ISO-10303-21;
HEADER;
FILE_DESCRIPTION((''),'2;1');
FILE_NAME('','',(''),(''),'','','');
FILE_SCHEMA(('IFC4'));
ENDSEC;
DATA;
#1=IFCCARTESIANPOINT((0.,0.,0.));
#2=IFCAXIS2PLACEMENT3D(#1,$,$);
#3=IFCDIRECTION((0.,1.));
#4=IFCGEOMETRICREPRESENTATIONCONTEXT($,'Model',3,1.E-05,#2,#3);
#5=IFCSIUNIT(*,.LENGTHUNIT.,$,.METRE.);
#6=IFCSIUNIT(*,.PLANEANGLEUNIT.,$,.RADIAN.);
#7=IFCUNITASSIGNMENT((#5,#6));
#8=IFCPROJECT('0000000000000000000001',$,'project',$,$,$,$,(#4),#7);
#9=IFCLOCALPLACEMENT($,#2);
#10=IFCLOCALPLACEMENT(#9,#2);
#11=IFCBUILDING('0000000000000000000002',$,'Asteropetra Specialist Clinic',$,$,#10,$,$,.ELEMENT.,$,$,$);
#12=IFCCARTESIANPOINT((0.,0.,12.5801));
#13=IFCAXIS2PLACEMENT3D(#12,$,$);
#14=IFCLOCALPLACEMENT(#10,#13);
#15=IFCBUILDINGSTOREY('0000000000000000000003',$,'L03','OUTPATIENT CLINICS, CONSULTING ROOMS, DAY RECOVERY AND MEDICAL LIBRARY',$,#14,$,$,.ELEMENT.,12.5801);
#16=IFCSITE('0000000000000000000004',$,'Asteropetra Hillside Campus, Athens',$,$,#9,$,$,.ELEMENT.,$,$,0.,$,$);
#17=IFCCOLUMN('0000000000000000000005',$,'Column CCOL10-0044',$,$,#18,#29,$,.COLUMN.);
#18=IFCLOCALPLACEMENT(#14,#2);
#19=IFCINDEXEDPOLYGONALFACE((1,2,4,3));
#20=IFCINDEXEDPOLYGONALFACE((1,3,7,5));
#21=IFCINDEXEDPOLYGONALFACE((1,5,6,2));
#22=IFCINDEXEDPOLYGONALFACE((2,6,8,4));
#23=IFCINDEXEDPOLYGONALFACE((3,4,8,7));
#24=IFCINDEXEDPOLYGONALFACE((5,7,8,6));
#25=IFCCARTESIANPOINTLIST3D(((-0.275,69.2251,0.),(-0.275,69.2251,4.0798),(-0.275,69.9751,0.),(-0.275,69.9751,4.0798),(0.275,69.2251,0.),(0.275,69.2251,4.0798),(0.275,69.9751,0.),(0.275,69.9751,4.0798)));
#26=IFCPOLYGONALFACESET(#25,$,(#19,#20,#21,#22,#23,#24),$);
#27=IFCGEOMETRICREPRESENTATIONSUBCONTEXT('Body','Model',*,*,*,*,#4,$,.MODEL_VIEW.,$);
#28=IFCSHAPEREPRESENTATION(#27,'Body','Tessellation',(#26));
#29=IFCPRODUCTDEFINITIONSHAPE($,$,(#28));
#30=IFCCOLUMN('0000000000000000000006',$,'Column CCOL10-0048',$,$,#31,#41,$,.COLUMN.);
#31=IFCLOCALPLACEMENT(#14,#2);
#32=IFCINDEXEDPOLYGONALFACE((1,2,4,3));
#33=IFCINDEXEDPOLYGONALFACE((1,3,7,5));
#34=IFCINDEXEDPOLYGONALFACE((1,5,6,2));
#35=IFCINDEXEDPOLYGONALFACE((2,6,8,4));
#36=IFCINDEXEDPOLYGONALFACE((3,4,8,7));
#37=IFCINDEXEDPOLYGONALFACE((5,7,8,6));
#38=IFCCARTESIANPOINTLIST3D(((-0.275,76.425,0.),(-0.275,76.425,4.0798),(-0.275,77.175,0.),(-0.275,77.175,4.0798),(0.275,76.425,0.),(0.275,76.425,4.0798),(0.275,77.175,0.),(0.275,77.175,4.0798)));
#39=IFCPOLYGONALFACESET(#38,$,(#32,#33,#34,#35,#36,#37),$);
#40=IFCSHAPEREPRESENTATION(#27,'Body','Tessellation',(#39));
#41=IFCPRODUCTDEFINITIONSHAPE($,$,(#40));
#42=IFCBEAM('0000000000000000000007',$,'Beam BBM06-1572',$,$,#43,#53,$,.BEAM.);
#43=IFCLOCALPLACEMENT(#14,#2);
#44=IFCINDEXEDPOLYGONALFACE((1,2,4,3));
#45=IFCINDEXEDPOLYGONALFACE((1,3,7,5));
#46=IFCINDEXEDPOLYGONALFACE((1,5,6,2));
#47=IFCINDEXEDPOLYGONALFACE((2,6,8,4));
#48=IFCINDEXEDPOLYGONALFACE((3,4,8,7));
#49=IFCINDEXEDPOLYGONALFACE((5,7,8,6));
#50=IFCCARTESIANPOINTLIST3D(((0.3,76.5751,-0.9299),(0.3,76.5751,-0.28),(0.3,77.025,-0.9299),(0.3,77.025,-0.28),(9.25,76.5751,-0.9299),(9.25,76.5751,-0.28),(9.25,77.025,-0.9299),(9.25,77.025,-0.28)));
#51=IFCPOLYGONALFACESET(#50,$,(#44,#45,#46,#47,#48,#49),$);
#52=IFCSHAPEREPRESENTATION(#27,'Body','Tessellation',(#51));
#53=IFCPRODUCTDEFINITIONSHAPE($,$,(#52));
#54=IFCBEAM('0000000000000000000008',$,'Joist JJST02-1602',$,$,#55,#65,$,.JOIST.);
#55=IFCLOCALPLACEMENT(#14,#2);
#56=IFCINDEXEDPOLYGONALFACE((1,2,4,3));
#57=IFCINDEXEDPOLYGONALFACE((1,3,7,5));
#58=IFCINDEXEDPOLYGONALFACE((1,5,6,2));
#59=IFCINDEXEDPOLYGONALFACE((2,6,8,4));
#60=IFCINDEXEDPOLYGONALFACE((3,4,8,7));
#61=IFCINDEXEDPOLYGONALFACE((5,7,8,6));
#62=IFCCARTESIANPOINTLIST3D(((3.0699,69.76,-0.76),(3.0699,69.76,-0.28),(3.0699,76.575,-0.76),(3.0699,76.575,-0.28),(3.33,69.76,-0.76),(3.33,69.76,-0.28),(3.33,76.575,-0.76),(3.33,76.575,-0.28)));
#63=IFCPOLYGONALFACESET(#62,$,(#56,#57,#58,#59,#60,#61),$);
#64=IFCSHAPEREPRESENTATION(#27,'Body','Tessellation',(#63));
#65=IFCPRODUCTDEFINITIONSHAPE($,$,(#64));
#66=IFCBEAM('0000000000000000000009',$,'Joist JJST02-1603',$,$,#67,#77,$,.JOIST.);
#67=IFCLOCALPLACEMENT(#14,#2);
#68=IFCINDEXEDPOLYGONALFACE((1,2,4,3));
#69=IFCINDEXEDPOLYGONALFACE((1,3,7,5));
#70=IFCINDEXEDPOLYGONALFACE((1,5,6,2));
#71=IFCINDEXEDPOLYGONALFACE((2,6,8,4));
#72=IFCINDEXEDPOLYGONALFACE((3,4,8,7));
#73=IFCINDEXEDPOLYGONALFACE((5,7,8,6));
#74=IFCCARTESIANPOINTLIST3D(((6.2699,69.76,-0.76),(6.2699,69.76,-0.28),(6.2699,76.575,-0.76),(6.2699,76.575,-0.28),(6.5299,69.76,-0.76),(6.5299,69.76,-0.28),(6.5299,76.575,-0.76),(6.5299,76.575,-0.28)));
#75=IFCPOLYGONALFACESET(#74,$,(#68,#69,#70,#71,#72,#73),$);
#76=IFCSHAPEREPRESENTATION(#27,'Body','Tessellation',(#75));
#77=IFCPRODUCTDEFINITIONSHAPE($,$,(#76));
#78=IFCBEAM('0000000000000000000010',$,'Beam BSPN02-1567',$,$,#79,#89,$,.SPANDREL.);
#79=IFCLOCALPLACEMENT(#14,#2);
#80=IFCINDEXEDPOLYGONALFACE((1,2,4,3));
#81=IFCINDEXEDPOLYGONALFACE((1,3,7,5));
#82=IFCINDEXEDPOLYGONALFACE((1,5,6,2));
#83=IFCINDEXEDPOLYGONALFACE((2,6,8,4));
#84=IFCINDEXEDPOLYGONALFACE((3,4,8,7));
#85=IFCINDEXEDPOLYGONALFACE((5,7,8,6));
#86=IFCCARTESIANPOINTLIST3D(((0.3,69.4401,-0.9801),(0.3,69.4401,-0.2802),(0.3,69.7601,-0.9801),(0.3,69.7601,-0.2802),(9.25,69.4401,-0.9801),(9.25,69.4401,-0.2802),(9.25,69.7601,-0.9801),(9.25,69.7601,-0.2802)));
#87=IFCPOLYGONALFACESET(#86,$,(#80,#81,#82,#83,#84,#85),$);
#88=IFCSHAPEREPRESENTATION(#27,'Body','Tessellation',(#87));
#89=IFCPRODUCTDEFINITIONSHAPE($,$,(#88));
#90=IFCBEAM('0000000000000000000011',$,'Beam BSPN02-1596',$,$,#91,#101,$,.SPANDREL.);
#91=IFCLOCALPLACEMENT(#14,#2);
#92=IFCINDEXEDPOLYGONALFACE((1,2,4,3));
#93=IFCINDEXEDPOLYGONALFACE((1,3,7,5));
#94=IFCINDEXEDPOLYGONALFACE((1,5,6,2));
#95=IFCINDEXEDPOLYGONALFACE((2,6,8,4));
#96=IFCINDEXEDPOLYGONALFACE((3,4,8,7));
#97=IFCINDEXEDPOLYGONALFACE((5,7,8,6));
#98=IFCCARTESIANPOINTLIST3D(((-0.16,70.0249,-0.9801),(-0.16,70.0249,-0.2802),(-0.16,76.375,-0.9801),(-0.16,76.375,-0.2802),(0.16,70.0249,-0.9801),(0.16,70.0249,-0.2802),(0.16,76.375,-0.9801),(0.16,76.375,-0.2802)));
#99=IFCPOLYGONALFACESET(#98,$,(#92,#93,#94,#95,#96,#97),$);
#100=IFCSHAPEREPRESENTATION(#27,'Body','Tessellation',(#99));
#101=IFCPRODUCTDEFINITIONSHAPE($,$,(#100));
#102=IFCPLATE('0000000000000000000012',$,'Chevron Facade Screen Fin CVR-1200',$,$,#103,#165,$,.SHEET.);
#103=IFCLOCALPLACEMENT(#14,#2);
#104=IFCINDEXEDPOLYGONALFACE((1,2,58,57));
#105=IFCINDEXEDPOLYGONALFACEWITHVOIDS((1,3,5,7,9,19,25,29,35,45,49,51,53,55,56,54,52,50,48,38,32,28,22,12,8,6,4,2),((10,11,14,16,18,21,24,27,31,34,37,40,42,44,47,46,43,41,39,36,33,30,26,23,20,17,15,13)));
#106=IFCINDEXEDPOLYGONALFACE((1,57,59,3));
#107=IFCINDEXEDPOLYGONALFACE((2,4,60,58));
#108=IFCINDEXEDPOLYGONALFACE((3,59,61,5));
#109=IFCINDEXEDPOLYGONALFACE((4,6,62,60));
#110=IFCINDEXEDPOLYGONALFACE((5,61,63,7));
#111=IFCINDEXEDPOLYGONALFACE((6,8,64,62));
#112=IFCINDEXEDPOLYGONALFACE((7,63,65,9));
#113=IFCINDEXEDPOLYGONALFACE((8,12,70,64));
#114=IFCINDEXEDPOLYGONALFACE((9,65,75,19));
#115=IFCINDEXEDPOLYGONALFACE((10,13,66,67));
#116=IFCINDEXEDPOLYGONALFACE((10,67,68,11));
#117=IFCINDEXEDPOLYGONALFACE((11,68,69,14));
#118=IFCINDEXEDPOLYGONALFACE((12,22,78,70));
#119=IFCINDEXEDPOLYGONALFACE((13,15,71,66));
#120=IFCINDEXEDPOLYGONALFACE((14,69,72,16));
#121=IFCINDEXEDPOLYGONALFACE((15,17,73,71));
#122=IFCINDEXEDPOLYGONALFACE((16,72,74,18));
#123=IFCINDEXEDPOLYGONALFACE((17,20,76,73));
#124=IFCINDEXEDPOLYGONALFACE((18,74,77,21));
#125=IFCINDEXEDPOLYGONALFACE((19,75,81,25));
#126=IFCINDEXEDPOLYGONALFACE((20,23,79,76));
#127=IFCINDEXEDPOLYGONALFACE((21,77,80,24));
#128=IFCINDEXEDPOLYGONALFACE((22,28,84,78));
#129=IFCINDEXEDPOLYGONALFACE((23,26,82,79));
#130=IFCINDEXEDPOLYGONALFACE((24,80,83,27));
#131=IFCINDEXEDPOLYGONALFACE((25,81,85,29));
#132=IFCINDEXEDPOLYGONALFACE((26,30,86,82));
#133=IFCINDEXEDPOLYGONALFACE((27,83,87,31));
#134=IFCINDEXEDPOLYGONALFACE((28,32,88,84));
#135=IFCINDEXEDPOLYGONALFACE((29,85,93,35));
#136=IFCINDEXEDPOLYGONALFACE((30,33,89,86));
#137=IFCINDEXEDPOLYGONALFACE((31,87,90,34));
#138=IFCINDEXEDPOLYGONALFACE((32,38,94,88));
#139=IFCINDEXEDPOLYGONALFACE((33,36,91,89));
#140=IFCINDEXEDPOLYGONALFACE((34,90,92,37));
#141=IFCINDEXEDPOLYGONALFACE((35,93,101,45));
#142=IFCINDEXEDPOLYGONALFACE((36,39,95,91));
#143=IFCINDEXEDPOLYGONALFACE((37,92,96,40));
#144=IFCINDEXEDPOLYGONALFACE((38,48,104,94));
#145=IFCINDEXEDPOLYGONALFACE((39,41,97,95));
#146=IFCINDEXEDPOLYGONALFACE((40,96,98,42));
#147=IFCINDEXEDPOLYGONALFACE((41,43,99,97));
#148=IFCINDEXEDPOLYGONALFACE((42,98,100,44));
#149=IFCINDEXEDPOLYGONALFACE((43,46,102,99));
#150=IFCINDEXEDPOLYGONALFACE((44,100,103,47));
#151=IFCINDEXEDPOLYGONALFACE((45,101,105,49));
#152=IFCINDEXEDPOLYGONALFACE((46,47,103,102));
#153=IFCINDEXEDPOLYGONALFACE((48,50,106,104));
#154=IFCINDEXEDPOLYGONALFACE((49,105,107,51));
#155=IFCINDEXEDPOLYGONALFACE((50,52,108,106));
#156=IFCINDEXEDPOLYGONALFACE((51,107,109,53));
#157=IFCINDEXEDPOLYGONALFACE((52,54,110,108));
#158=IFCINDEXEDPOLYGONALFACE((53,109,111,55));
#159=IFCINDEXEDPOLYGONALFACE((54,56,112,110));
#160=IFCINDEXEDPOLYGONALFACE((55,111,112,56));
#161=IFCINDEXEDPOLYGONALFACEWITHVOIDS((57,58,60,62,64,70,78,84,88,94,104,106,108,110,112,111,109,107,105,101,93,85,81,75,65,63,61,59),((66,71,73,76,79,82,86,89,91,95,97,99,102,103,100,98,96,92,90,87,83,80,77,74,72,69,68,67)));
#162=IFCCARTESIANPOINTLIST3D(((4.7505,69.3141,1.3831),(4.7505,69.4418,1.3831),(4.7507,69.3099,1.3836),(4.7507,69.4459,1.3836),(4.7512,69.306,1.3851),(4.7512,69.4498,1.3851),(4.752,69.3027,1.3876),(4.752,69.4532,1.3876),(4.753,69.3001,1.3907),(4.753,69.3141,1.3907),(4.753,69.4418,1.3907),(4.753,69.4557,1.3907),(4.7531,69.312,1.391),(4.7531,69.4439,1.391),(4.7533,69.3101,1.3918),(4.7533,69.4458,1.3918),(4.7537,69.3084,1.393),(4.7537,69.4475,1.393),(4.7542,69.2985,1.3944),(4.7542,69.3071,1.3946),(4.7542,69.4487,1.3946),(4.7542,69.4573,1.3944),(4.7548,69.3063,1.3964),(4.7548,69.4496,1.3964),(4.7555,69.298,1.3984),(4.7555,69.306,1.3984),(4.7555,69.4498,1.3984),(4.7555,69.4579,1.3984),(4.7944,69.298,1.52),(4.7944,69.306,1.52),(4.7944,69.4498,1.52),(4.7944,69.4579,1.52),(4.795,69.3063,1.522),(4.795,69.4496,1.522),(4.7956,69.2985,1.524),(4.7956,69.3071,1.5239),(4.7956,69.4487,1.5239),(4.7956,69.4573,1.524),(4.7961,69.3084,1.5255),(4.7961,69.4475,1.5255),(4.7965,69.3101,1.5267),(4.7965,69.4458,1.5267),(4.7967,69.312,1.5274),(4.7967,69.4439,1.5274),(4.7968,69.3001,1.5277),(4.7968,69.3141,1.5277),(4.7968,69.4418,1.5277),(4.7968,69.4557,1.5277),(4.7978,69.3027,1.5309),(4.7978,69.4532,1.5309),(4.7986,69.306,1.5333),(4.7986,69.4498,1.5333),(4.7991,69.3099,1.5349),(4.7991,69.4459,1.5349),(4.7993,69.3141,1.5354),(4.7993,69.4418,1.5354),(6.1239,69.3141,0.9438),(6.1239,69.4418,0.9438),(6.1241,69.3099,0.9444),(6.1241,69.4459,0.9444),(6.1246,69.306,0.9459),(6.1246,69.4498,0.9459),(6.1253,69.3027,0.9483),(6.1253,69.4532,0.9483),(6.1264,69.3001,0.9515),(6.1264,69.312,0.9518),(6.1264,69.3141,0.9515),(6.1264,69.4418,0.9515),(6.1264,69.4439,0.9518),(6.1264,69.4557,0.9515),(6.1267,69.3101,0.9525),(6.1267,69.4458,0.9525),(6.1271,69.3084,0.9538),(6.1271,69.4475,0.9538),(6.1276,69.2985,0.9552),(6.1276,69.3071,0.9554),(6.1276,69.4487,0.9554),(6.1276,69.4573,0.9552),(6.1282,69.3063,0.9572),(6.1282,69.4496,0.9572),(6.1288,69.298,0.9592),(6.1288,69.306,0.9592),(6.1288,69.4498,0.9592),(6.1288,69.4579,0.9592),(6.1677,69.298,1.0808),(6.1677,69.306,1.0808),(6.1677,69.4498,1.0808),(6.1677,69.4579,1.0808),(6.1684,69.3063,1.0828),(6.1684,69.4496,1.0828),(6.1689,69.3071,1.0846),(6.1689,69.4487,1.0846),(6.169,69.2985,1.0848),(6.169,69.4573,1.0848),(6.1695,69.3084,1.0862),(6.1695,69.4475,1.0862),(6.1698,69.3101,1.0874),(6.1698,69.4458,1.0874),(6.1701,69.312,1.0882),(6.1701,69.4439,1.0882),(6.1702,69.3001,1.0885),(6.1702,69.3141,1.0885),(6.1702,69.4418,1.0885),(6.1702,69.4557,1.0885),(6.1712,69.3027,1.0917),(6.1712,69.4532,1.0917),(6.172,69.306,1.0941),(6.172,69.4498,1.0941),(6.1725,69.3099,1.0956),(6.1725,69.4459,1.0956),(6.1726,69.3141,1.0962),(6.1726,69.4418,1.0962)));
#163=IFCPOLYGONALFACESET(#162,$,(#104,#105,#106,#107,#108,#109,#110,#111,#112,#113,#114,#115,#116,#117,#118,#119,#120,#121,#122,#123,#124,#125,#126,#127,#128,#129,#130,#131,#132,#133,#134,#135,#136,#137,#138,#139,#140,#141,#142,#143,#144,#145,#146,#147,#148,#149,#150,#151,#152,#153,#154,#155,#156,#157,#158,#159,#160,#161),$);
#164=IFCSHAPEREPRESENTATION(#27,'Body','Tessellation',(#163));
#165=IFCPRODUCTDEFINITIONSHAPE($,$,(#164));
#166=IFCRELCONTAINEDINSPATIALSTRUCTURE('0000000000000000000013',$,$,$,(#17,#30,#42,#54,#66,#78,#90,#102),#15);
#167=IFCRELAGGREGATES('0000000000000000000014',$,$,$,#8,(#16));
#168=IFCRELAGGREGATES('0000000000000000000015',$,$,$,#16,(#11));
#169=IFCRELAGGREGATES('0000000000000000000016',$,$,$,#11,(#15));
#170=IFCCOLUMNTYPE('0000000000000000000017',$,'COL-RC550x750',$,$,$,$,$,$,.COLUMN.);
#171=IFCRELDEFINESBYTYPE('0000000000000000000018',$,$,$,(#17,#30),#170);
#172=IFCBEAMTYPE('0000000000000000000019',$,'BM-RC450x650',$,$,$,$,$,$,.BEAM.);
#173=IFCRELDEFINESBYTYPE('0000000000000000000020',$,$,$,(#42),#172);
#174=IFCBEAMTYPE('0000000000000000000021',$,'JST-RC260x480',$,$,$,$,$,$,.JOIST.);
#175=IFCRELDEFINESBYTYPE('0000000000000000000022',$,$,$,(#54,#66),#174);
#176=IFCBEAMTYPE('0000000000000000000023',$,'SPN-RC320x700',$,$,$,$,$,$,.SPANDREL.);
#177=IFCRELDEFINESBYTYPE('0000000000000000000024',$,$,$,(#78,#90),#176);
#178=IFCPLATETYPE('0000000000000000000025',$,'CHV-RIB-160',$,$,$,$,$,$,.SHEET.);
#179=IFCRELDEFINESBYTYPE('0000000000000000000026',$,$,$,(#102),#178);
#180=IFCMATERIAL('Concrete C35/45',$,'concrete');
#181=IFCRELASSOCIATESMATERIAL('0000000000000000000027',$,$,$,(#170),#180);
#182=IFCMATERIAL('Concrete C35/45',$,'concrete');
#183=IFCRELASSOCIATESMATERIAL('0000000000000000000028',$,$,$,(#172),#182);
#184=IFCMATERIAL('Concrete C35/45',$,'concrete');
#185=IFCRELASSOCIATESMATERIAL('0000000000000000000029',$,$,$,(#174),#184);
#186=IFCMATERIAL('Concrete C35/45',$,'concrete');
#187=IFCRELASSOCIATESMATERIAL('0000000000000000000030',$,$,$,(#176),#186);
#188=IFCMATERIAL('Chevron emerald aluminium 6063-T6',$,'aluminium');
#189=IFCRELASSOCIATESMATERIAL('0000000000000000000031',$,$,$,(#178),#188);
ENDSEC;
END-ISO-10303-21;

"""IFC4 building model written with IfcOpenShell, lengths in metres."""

from ifc_helpers import new_model, si_unit, direction, frame, origin, origin_2d, place, context, subcontext, project, spatial, rectangle, hollow_rectangle, extrude, material, material_profile, profile_set, type_object, element, save


model = new_model("IFC4")

# Units and contexts
model_context = context("Model", 3, precision=1e-05, world=origin(), true_north=direction((0.0, 1.0)))
body_context = subcontext(model_context, "Body", "Model", "MODEL_VIEW")
ifc_project = project(units=[si_unit("LENGTHUNIT", "METRE"), si_unit("PLANEANGLEUNIT", "RADIAN")], contexts=[model_context])

# Site, building, storey
site_placement = place(None, origin())
site = spatial("IfcSite", under=ifc_project, at=site_placement, Name="Asteropetra Hillside Campus, Athens", CompositionType="ELEMENT", RefElevation=0.0)
building_placement = place(site_placement, origin())
building = spatial("IfcBuilding", under=site, at=building_placement, Name="Asteropetra Specialist Clinic", CompositionType="ELEMENT")
storey_placement = place(building_placement, frame((0.0, 0.0, 12.5801)))
storey = spatial("IfcBuildingStorey", under=building, at=storey_placement, Name="L03", Description="OUTPATIENT CLINICS, CONSULTING ROOMS, DAY RECOVERY AND MEDICAL LIBRARY", CompositionType="ELEMENT", Elevation=12.5801)

# Columns
ifc_material_1 = material(Name="Concrete C35/45", Category="concrete")
ifc_material_profile_1 = material_profile(ifc_material_1, rectangle(XDim=0.55, YDim=0.75, at=origin_2d()), Name="RC 550x750")
ifc_profile_set_1 = profile_set([ifc_material_profile_1], Name="Concrete C35/45")
column_type = type_object("IfcColumnType", Name="COL-RC550x750", PredefinedType="COLUMN", material=ifc_profile_set_1)
for number, where, z_axis, x_axis, name in (
    (1, (0.0, 69.6001, 0.0), (0.0, 0.0, 1.0), (1.0, 0.0, 0.0), "Column CCOL10-0044"),
    (2, (0.0, 76.8, 0.0), (0.0, 0.0, 1.0), (1.0, 0.0, 0.0), "Column CCOL10-0048"),
):
    element("IfcColumn", number, at=place(storey_placement, frame(where, z_axis=z_axis, x_axis=x_axis)), inside=storey, type_object=column_type, Name=name, PredefinedType="COLUMN", context=body_context, shape_type="SweptSolid", body=[
        extrude(rectangle(XDim=0.55, YDim=0.75, at=origin_2d()), origin(), (0.0, 0.0, 1.0), 4.0798),
    ])

# Beams
ifc_material_2 = material(Name="Concrete C35/45", Category="concrete")
ifc_material_profile_2 = material_profile(ifc_material_2, rectangle(XDim=0.45, YDim=0.6499, at=origin_2d()), Name="RCB 450x650")
ifc_profile_set_2 = profile_set([ifc_material_profile_2], Name="Concrete C35/45")
beam_type_1 = type_object("IfcBeamType", Name="BM-RC450x650", PredefinedType="BEAM", material=ifc_profile_set_2)
beam_1_placement = place(storey_placement, frame((0.3, 76.8, -0.605), z_axis=(1.0, 0.0, 0.0), x_axis=(0.0, 1.0, 0.0)))
element("IfcBeam", 3, at=beam_1_placement, inside=storey, type_object=beam_type_1, Name="Beam BBM06-1572", PredefinedType="BEAM", context=body_context, shape_type="SweptSolid", body=[
    extrude(rectangle(XDim=0.45, YDim=0.6499, at=origin_2d()), origin(), (0.0, 0.0, 1.0), 8.95),
])
ifc_material_3 = material(Name="Concrete C35/45", Category="concrete")
ifc_material_profile_3 = material_profile(ifc_material_3, rectangle(XDim=0.26, YDim=0.48, at=origin_2d()), Name="RCJ 260x480")
ifc_profile_set_3 = profile_set([ifc_material_profile_3], Name="Concrete C35/45")
beam_type_2 = type_object("IfcBeamType", Name="JST-RC260x480", PredefinedType="JOIST", material=ifc_profile_set_3)
for number, where, z_axis, x_axis, name in (
    (4, (3.2, 69.76, -0.52), (0.0, 1.0, 0.0), (-1.0, 0.0, 0.0), "Joist JJST02-1602"),
    (5, (6.3999, 69.76, -0.52), (0.0, 1.0, 0.0), (-1.0, 0.0, 0.0), "Joist JJST02-1603"),
):
    element("IfcBeam", number, at=place(storey_placement, frame(where, z_axis=z_axis, x_axis=x_axis)), inside=storey, type_object=beam_type_2, Name=name, PredefinedType="JOIST", context=body_context, shape_type="SweptSolid", body=[
        extrude(rectangle(XDim=0.26, YDim=0.48, at=origin_2d()), origin(), (0.0, 0.0, 1.0), 6.8149),
    ])
ifc_material_4 = material(Name="Concrete C35/45", Category="concrete")
ifc_material_profile_4 = material_profile(ifc_material_4, rectangle(XDim=0.3201, YDim=0.7, at=origin_2d()), Name="RCS 320x700")
ifc_profile_set_4 = profile_set([ifc_material_profile_4], Name="Concrete C35/45")
beam_type_3 = type_object("IfcBeamType", Name="SPN-RC320x700", PredefinedType="SPANDREL", material=ifc_profile_set_4)
beam_2_placement = place(storey_placement, frame((0.3, 69.6001, -0.6301), z_axis=(1.0, 0.0, 0.0), x_axis=(0.0, 1.0, 0.0)))
element("IfcBeam", 6, at=beam_2_placement, inside=storey, type_object=beam_type_3, Name="Beam BSPN02-1567", PredefinedType="SPANDREL", context=body_context, shape_type="SweptSolid", body=[
    extrude(rectangle(XDim=0.3201, YDim=0.7, at=origin_2d()), origin(), (0.0, 0.0, 1.0), 8.95),
])
beam_3_placement = place(storey_placement, frame((0.0, 70.0249, -0.6301), z_axis=(0.0, 1.0, 0.0), x_axis=(-1.0, 0.0, 0.0)))
element("IfcBeam", 7, at=beam_3_placement, inside=storey, type_object=beam_type_3, Name="Beam BSPN02-1596", PredefinedType="SPANDREL", context=body_context, shape_type="SweptSolid", body=[
    extrude(rectangle(XDim=0.3201, YDim=0.7, at=origin_2d()), origin(), (0.0, 0.0, 1.0), 6.3501),
])

# Plate
ifc_material_5 = material(Name="Chevron emerald aluminium 6063-T6", Category="aluminium")
ifc_material_profile_5 = material_profile(ifc_material_5, hollow_rectangle(XDim=0.1599, YDim=0.1599, WallThickness=0.0081, InnerFilletRadius=0.0081, OuterFilletRadius=0.0161, at=origin_2d()), Name="SHS 160x160x8.0")
ifc_profile_set_5 = profile_set([ifc_material_profile_5], Name="Chevron emerald aluminium 6063-T6")
plate_type = type_object("IfcPlateType", Name="CHV-RIB-160", PredefinedType="SHEET", material=ifc_profile_set_5)
for number, where, z_axis, x_axis, name in (
    (8, (4.7749, 69.3779, 1.4592), (0.952473, 0.0, -0.304622), (0.0, 1.0, 0.0), "Chevron Facade Screen Fin CVR-1200"),
):
    element("IfcPlate", number, at=place(storey_placement, frame(where, z_axis=z_axis, x_axis=x_axis)), inside=storey, type_object=plate_type, Name=name, PredefinedType="SHEET", context=body_context, shape_type="SweptSolid", body=[
        extrude(hollow_rectangle(XDim=0.1599, YDim=0.1599, WallThickness=0.0081, InnerFilletRadius=0.0081, OuterFilletRadius=0.0161, at=origin_2d()), origin(), (0.0, 0.0, 1.0), 1.4419),
    ])

save(model, "model.ifc")
